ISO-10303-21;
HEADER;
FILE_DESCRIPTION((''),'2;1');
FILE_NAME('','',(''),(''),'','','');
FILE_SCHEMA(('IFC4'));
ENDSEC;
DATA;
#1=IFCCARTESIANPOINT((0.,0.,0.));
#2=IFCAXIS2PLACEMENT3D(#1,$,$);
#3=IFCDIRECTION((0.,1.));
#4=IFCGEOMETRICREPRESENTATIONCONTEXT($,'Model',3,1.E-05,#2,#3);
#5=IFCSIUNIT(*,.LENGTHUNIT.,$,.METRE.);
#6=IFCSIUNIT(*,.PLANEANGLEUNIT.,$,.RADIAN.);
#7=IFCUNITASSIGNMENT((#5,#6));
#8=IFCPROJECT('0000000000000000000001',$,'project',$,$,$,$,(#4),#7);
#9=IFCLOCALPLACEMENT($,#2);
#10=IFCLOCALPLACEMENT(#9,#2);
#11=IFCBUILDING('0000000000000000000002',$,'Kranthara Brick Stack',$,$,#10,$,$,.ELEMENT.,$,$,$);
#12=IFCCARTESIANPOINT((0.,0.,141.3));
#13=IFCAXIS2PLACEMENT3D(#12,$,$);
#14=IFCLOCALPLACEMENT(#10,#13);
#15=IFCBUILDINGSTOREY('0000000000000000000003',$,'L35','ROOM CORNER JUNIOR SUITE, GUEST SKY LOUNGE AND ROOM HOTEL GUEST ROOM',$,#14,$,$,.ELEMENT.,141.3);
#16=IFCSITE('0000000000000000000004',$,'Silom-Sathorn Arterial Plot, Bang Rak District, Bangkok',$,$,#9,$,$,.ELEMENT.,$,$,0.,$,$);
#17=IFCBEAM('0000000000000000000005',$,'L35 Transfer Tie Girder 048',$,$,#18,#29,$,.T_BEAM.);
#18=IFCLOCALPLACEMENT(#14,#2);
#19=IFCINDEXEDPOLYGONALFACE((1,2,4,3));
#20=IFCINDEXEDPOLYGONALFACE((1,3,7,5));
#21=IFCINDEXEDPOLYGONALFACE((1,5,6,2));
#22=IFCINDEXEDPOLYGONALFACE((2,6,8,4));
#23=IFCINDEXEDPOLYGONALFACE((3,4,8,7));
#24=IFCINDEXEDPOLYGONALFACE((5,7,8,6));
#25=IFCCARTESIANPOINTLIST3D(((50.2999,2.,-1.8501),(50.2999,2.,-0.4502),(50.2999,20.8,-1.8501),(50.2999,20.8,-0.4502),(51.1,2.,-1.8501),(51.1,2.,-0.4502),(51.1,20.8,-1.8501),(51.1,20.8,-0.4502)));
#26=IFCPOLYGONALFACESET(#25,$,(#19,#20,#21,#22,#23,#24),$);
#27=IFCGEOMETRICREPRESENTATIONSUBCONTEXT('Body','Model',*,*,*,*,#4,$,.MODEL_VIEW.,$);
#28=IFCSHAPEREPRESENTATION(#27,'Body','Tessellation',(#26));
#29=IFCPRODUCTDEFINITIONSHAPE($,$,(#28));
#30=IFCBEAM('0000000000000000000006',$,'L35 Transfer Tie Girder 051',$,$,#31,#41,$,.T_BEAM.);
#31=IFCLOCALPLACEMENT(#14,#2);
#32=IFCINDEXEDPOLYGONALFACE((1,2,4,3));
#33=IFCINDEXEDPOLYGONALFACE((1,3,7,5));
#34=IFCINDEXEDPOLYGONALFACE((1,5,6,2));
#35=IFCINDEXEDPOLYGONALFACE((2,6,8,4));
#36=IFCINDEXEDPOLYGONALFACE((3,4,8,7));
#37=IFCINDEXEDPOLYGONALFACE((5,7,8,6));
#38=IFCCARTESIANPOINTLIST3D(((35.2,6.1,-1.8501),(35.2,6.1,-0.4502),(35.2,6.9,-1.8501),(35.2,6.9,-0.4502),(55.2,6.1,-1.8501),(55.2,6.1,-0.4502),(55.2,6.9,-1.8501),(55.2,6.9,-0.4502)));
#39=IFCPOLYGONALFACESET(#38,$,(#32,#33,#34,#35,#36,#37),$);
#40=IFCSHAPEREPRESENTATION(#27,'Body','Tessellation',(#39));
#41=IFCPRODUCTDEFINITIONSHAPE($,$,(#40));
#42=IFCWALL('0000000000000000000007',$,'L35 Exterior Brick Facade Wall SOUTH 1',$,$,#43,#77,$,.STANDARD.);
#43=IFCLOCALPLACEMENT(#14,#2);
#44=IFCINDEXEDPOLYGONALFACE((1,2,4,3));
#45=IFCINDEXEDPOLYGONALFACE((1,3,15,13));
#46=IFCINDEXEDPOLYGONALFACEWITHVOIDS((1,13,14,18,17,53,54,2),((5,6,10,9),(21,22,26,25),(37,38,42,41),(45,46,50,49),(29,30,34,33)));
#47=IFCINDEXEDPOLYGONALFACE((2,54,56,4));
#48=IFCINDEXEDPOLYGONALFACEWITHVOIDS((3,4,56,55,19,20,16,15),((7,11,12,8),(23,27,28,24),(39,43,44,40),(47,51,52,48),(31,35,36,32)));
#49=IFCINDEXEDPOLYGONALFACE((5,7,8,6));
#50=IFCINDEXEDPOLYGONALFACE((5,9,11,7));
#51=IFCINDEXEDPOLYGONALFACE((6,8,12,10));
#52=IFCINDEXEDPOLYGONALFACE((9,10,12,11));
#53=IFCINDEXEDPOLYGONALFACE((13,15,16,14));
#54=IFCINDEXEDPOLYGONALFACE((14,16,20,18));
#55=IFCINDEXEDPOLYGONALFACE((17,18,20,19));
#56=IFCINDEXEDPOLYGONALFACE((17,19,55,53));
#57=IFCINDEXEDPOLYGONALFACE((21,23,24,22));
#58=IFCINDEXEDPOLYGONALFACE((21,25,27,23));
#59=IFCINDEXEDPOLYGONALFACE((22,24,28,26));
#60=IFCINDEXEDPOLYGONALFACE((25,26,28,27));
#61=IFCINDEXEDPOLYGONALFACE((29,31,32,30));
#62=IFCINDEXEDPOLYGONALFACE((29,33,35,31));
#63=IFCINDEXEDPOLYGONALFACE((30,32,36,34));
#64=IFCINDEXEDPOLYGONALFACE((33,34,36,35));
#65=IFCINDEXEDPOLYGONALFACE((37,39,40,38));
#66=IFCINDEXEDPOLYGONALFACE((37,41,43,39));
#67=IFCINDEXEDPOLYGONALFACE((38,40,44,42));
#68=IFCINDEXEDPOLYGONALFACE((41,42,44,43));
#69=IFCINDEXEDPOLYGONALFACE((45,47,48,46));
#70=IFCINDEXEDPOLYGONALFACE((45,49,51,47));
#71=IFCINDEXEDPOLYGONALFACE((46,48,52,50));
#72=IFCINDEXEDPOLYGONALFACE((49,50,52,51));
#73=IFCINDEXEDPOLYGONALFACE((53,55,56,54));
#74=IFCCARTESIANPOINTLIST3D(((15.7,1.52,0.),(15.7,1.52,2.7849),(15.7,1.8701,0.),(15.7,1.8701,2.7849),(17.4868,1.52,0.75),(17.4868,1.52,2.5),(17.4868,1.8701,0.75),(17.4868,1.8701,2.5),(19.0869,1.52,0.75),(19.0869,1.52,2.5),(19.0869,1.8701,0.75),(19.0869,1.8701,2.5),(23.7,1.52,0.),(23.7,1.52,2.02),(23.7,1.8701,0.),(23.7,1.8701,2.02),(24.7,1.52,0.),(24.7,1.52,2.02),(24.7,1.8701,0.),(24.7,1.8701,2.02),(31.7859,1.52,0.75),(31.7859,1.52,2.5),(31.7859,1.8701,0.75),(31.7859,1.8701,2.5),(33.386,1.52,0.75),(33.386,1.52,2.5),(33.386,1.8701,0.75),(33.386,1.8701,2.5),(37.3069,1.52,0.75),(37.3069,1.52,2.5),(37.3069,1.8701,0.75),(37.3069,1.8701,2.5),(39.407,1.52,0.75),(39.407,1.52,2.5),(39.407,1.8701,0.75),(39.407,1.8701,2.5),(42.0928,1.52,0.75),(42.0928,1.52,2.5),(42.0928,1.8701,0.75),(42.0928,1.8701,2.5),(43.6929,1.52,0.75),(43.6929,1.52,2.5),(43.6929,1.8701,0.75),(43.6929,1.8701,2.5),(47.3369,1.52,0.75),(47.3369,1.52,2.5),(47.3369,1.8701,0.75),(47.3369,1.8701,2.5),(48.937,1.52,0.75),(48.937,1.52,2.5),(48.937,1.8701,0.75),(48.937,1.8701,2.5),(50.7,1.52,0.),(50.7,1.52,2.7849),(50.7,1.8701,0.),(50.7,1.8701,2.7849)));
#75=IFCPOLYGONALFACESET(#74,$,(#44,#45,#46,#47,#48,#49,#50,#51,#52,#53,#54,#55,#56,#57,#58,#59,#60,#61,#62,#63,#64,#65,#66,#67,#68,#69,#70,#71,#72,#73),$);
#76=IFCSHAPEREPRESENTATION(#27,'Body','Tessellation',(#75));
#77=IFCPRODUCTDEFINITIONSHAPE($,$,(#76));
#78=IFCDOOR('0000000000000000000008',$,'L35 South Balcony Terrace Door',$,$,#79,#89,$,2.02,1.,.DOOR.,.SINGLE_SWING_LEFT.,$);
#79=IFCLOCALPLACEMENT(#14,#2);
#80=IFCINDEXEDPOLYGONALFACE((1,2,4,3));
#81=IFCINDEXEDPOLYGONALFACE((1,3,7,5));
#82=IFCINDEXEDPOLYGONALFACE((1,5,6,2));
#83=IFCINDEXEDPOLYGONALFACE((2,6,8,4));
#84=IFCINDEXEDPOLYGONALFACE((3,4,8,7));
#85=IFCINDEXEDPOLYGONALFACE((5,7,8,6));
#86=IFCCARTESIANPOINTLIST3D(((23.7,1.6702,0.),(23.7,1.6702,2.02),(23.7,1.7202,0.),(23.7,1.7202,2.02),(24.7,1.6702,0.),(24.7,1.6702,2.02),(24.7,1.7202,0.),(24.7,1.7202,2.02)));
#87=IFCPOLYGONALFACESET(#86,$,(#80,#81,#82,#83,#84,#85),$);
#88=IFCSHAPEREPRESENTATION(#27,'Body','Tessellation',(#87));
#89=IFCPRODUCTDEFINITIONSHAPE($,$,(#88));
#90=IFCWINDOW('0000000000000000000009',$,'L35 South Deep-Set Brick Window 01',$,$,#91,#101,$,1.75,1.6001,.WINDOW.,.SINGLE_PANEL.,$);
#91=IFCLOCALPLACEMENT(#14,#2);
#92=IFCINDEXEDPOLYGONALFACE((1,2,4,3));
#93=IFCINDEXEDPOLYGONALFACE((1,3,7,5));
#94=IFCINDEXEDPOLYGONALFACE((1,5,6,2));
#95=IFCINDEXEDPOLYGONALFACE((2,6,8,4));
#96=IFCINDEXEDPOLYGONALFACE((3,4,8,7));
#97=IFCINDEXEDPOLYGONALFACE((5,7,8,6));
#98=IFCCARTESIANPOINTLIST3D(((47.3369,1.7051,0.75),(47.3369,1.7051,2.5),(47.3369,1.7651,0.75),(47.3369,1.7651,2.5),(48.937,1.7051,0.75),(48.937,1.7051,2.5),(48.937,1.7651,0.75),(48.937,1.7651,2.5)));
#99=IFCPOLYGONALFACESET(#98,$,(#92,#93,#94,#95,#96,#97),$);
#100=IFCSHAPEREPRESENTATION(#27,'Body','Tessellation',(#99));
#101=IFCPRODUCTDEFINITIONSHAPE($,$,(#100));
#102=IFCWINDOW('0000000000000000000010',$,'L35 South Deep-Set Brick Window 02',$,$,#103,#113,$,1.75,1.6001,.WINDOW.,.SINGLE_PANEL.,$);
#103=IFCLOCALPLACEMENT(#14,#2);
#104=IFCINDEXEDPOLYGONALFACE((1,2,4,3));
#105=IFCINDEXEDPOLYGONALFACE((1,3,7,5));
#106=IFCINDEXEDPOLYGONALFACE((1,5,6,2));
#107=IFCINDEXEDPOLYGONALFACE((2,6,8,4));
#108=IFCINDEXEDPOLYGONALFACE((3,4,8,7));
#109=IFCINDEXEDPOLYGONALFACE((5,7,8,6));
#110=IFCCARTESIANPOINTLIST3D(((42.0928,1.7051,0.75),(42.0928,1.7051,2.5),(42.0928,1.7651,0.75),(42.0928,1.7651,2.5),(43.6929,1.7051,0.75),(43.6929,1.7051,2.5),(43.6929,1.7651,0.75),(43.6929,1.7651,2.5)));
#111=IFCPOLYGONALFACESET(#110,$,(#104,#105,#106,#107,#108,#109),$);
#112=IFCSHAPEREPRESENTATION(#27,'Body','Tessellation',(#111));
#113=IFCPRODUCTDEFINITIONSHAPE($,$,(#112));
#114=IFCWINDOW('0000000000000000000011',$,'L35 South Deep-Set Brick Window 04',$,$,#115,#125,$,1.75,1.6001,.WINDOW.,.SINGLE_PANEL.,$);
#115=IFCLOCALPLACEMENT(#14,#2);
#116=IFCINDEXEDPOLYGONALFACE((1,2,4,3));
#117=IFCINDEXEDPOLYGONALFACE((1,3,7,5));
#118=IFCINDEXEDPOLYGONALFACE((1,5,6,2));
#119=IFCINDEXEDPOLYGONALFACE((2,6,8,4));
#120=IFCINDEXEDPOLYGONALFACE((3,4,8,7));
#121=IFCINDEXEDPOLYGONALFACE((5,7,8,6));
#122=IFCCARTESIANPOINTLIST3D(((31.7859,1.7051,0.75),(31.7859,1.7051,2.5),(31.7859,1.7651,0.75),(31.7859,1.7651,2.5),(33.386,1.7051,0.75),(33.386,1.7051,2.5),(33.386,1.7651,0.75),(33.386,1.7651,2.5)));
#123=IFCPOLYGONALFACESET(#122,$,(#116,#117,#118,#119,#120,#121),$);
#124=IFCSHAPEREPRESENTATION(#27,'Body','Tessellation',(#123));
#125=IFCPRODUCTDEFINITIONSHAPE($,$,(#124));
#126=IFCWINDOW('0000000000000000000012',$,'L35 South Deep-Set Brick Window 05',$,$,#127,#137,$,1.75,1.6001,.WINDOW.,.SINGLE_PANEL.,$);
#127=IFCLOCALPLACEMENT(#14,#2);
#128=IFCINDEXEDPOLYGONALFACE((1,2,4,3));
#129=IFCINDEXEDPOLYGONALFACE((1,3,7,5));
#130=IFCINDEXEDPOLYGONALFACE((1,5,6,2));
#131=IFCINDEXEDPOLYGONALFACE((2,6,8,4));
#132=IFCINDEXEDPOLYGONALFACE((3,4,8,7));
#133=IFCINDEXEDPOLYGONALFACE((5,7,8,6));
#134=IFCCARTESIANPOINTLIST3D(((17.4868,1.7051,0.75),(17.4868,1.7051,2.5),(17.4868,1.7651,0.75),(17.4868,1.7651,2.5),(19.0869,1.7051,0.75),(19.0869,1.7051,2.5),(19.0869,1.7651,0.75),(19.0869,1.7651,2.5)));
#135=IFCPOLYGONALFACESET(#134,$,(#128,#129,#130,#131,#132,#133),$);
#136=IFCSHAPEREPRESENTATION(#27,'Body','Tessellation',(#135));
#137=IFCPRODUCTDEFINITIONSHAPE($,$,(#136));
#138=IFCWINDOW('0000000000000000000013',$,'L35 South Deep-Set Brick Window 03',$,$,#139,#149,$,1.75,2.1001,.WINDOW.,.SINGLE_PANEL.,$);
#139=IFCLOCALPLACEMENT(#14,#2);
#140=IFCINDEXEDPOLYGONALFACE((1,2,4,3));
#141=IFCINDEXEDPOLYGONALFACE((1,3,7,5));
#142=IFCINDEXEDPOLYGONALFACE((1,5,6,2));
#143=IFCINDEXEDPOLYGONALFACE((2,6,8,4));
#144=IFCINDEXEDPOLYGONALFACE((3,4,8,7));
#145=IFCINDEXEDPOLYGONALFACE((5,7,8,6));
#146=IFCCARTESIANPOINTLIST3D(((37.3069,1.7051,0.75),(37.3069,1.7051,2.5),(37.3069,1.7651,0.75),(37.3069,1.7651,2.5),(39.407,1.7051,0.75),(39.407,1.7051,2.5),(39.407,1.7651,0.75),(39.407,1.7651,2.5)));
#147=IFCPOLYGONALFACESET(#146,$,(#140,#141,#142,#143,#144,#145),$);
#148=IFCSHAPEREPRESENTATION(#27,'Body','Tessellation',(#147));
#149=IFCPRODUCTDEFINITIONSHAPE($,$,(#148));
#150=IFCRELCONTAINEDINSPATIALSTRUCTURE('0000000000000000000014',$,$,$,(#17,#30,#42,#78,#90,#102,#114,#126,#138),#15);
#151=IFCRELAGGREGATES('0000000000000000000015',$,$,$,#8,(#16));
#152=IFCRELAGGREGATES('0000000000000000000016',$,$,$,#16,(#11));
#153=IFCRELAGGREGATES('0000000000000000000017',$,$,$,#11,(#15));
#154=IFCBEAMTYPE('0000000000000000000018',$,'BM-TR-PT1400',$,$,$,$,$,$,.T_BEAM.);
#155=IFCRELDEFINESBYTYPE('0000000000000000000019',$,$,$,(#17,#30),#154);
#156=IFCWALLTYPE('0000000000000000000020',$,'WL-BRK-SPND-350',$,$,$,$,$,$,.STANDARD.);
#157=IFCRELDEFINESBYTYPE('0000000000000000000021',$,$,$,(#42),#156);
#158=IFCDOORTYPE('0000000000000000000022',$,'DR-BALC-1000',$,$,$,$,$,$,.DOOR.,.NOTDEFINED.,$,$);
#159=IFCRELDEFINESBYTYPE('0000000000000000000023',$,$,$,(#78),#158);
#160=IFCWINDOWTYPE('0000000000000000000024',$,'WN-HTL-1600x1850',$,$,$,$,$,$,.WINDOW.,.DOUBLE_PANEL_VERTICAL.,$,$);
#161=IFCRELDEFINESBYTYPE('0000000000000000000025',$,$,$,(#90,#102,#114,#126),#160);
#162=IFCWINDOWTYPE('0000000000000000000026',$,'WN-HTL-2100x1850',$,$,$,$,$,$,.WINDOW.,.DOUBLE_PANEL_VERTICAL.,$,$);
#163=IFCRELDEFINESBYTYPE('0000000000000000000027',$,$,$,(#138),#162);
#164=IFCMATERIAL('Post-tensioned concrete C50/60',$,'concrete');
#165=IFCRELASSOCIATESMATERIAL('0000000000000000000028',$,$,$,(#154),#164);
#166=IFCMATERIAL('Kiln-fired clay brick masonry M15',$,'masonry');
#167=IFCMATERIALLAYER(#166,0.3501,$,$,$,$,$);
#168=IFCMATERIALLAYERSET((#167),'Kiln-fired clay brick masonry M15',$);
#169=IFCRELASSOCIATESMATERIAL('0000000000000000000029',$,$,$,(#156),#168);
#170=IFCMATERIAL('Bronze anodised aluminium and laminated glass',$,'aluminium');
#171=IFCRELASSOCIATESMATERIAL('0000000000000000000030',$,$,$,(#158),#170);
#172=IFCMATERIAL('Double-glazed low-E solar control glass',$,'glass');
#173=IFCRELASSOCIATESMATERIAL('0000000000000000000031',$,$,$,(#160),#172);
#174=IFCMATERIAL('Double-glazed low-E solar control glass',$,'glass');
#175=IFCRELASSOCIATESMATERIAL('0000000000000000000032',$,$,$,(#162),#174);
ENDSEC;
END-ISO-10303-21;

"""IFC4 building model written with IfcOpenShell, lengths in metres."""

from ifc_helpers import new_model, si_unit, direction, frame, frame_2d, origin, origin_2d, place, context, subcontext, project, spatial, rectangle, extrude, material, layer, layer_set, material_profile, profile_set, type_object, element, fill, save


model = new_model("IFC4")

# Units and contexts
model_context = context("Model", 3, precision=1e-05, world=origin(), true_north=direction((0.0, 1.0)))
body_context = subcontext(model_context, "Body", "Model", "MODEL_VIEW")
ifc_project = project(units=[si_unit("LENGTHUNIT", "METRE"), si_unit("PLANEANGLEUNIT", "RADIAN")], contexts=[model_context])

# Site, building, storey
site_placement = place(None, origin())
site = spatial("IfcSite", under=ifc_project, at=site_placement, Name="Silom-Sathorn Arterial Plot, Bang Rak District, Bangkok", CompositionType="ELEMENT", RefElevation=0.0)
building_placement = place(site_placement, origin())
building = spatial("IfcBuilding", under=site, at=building_placement, Name="Kranthara Brick Stack", CompositionType="ELEMENT")
storey_placement = place(building_placement, frame((0.0, 0.0, 141.3)))
storey = spatial("IfcBuildingStorey", under=building, at=storey_placement, Name="L35", Description="ROOM CORNER JUNIOR SUITE, GUEST SKY LOUNGE AND ROOM HOTEL GUEST ROOM", CompositionType="ELEMENT", Elevation=141.3)

# Beams
ifc_material_1 = material(Name="Post-tensioned concrete C50/60", Category="concrete")
ifc_material_profile_1 = material_profile(ifc_material_1, rectangle(XDim=0.8, YDim=1.3999, at=origin_2d()), Name="PT 800x1400")
ifc_profile_set_1 = profile_set([ifc_material_profile_1], Name="Post-tensioned concrete C50/60")
beam_type_1 = type_object("IfcBeamType", Name="BM-TR-PT1400", PredefinedType="T_BEAM", material=ifc_profile_set_1)
beam_1_placement = place(storey_placement, frame((50.7, 2.0, -1.1501), z_axis=(0.0, 1.0, 0.0), x_axis=(-1.0, 0.0, 0.0)))
element("IfcBeam", 1, at=beam_1_placement, inside=storey, type_object=beam_type_1, Name="L35 Transfer Tie Girder 048", PredefinedType="T_BEAM", context=body_context, shape_type="SweptSolid", body=[
    extrude(rectangle(XDim=0.8, YDim=1.3999, at=origin_2d()), origin(), (0.0, 0.0, 1.0), 18.8),
])
beam_2_placement = place(storey_placement, frame((55.2, 6.5, -1.1501), z_axis=(-1.0, 0.0, 0.0), x_axis=(0.0, -1.0, 0.0)))
element("IfcBeam", 2, at=beam_2_placement, inside=storey, type_object=beam_type_1, Name="L35 Transfer Tie Girder 051", PredefinedType="T_BEAM", context=body_context, shape_type="SweptSolid", body=[
    extrude(rectangle(XDim=0.8, YDim=1.3999, at=origin_2d()), origin(), (0.0, 0.0, 1.0), 20.0),
])

# Wall, openings, door, windows
ifc_material_2 = material(Name="Kiln-fired clay brick masonry M15", Category="masonry")
ifc_layer_1 = layer(ifc_material_2, 0.3501)
ifc_layer_set_1 = layer_set([ifc_layer_1], Name="Kiln-fired clay brick masonry M15")
wall_type_1 = type_object("IfcWallType", Name="WL-BRK-SPND-350", PredefinedType="STANDARD", material=ifc_layer_set_1)
wall_1_placement = place(storey_placement, frame((50.7, 1.6951, 0.0), z_axis=(0.0, 0.0, 1.0), x_axis=(-1.0, 0.0, 0.0)))
wall_1 = element("IfcWall", 3, at=wall_1_placement, inside=storey, type_object=wall_type_1, Name="L35 Exterior Brick Facade Wall SOUTH 1", PredefinedType="STANDARD", context=body_context, shape_type="SweptSolid", body=[
    extrude(rectangle(XDim=35.0, YDim=0.3501, at=frame_2d((17.5, 0.0))), origin(), (0.0, 0.0, 1.0), 2.7849),
])
opening_1_placement = place(wall_1_placement, frame((26.0, 0.0, 0.0)))
opening_1 = element("IfcOpeningElement", 4, at=opening_1_placement, cuts=wall_1, PredefinedType="OPENING", context=body_context, shape_type="SweptSolid", body=[
    extrude(rectangle(XDim=1.0, YDim=2.02, at=frame_2d((0.5, 1.01))), frame((0.0, 0.1851, 0.0), z_axis=(0.0, -1.0, 0.0), x_axis=(1.0, 0.0, 0.0)), (0.0, 0.0, 1.0), 0.3701),
])
opening_2_placement = place(wall_1_placement, frame((1.7629, 0.0, 0.75)))
opening_2 = element("IfcOpeningElement", 5, at=opening_2_placement, cuts=wall_1, PredefinedType="OPENING", context=body_context, shape_type="SweptSolid", body=[
    extrude(rectangle(XDim=1.6001, YDim=1.75, at=frame_2d((0.8, 0.875))), frame((0.0, 0.1851, 0.0), z_axis=(0.0, -1.0, 0.0), x_axis=(1.0, 0.0, 0.0)), (0.0, 0.0, 1.0), 0.3701),
])
opening_3_placement = place(wall_1_placement, frame((7.0071, 0.0, 0.75)))
opening_3 = element("IfcOpeningElement", 6, at=opening_3_placement, cuts=wall_1, PredefinedType="OPENING", context=body_context, shape_type="SweptSolid", body=[
    extrude(rectangle(XDim=1.6001, YDim=1.75, at=frame_2d((0.8, 0.875))), frame((0.0, 0.1851, 0.0), z_axis=(0.0, -1.0, 0.0), x_axis=(1.0, 0.0, 0.0)), (0.0, 0.0, 1.0), 0.3701),
])
opening_4_placement = place(wall_1_placement, frame((11.293, 0.0, 0.75)))
opening_4 = element("IfcOpeningElement", 7, at=opening_4_placement, cuts=wall_1, PredefinedType="OPENING", context=body_context, shape_type="SweptSolid", body=[
    extrude(rectangle(XDim=2.1001, YDim=1.75, at=frame_2d((1.05, 0.875))), frame((0.0, 0.1851, 0.0), z_axis=(0.0, -1.0, 0.0), x_axis=(1.0, 0.0, 0.0)), (0.0, 0.0, 1.0), 0.3701),
])
opening_5_placement = place(wall_1_placement, frame((17.314, 0.0, 0.75)))
opening_5 = element("IfcOpeningElement", 8, at=opening_5_placement, cuts=wall_1, PredefinedType="OPENING", context=body_context, shape_type="SweptSolid", body=[
    extrude(rectangle(XDim=1.6001, YDim=1.75, at=frame_2d((0.8, 0.875))), frame((0.0, 0.1851, 0.0), z_axis=(0.0, -1.0, 0.0), x_axis=(1.0, 0.0, 0.0)), (0.0, 0.0, 1.0), 0.3701),
])
opening_6_placement = place(wall_1_placement, frame((31.613, 0.0, 0.75)))
opening_6 = element("IfcOpeningElement", 9, at=opening_6_placement, cuts=wall_1, PredefinedType="OPENING", context=body_context, shape_type="SweptSolid", body=[
    extrude(rectangle(XDim=1.6001, YDim=1.75, at=frame_2d((0.8, 0.875))), frame((0.0, 0.1851, 0.0), z_axis=(0.0, -1.0, 0.0), x_axis=(1.0, 0.0, 0.0)), (0.0, 0.0, 1.0), 0.3701),
])
ifc_material_3 = material(Name="Bronze anodised aluminium and laminated glass", Category="aluminium")
door_type_1 = type_object("IfcDoorType", Name="DR-BALC-1000", OperationType="NOTDEFINED", PredefinedType="DOOR", material=ifc_material_3)
door_1_placement = place(opening_1_placement, origin())
door_1 = element("IfcDoor", 10, at=door_1_placement, inside=storey, type_object=door_type_1, Name="L35 South Balcony Terrace Door", OperationType="SINGLE_SWING_LEFT", OverallHeight=2.02, OverallWidth=1.0, PredefinedType="DOOR", context=body_context, shape_type="SweptSolid", body=[
    extrude(rectangle(XDim=1.0, YDim=2.02, at=frame_2d((0.5, 1.01))), frame((0.0, 0.0249, 0.0), z_axis=(0.0, -1.0, 0.0), x_axis=(1.0, 0.0, 0.0)), (0.0, 0.0, 1.0), 0.05),
])
fill(opening_1, door_1)
ifc_material_4 = material(Name="Double-glazed low-E solar control glass", Category="glass")
window_type_1 = type_object("IfcWindowType", Name="WN-HTL-1600x1850", PartitioningType="DOUBLE_PANEL_VERTICAL", PredefinedType="WINDOW", material=ifc_material_4)
window_1_placement = place(opening_2_placement, origin())
window_1 = element("IfcWindow", 11, at=window_1_placement, inside=storey, type_object=window_type_1, Name="L35 South Deep-Set Brick Window 01", OverallHeight=1.75, OverallWidth=1.6001, PartitioningType="SINGLE_PANEL", PredefinedType="WINDOW", context=body_context, shape_type="SweptSolid", body=[
    extrude(rectangle(XDim=1.6001, YDim=1.75, at=frame_2d((0.8, 0.875))), frame((0.0, -0.01, 0.0), z_axis=(0.0, -1.0, 0.0), x_axis=(1.0, 0.0, 0.0)), (0.0, 0.0, 1.0), 0.0601),
])
fill(opening_2, window_1)
window_2_placement = place(opening_3_placement, origin())
window_2 = element("IfcWindow", 12, at=window_2_placement, inside=storey, type_object=window_type_1, Name="L35 South Deep-Set Brick Window 02", OverallHeight=1.75, OverallWidth=1.6001, PartitioningType="SINGLE_PANEL", PredefinedType="WINDOW", context=body_context, shape_type="SweptSolid", body=[
    extrude(rectangle(XDim=1.6001, YDim=1.75, at=frame_2d((0.8, 0.875))), frame((0.0, -0.01, 0.0), z_axis=(0.0, -1.0, 0.0), x_axis=(1.0, 0.0, 0.0)), (0.0, 0.0, 1.0), 0.0601),
])
fill(opening_3, window_2)
window_3_placement = place(opening_5_placement, origin())
window_3 = element("IfcWindow", 13, at=window_3_placement, inside=storey, type_object=window_type_1, Name="L35 South Deep-Set Brick Window 04", OverallHeight=1.75, OverallWidth=1.6001, PartitioningType="SINGLE_PANEL", PredefinedType="WINDOW", context=body_context, shape_type="SweptSolid", body=[
    extrude(rectangle(XDim=1.6001, YDim=1.75, at=frame_2d((0.8, 0.875))), frame((0.0, -0.01, 0.0), z_axis=(0.0, -1.0, 0.0), x_axis=(1.0, 0.0, 0.0)), (0.0, 0.0, 1.0), 0.0601),
])
fill(opening_5, window_3)
window_4_placement = place(opening_6_placement, origin())
window_4 = element("IfcWindow", 14, at=window_4_placement, inside=storey, type_object=window_type_1, Name="L35 South Deep-Set Brick Window 05", OverallHeight=1.75, OverallWidth=1.6001, PartitioningType="SINGLE_PANEL", PredefinedType="WINDOW", context=body_context, shape_type="SweptSolid", body=[
    extrude(rectangle(XDim=1.6001, YDim=1.75, at=frame_2d((0.8, 0.875))), frame((0.0, -0.01, 0.0), z_axis=(0.0, -1.0, 0.0), x_axis=(1.0, 0.0, 0.0)), (0.0, 0.0, 1.0), 0.0601),
])
fill(opening_6, window_4)
ifc_material_5 = material(Name="Double-glazed low-E solar control glass", Category="glass")
window_type_2 = type_object("IfcWindowType", Name="WN-HTL-2100x1850", PartitioningType="DOUBLE_PANEL_VERTICAL", PredefinedType="WINDOW", material=ifc_material_5)
window_5_placement = place(opening_4_placement, origin())
window_5 = element("IfcWindow", 15, at=window_5_placement, inside=storey, type_object=window_type_2, Name="L35 South Deep-Set Brick Window 03", OverallHeight=1.75, OverallWidth=2.1001, PartitioningType="SINGLE_PANEL", PredefinedType="WINDOW", context=body_context, shape_type="SweptSolid", body=[
    extrude(rectangle(XDim=2.1001, YDim=1.75, at=frame_2d((1.05, 0.875))), frame((0.0, -0.01, 0.0), z_axis=(0.0, -1.0, 0.0), x_axis=(1.0, 0.0, 0.0)), (0.0, 0.0, 1.0), 0.0601),
])
fill(opening_4, window_5)

save(model, "model.ifc")
